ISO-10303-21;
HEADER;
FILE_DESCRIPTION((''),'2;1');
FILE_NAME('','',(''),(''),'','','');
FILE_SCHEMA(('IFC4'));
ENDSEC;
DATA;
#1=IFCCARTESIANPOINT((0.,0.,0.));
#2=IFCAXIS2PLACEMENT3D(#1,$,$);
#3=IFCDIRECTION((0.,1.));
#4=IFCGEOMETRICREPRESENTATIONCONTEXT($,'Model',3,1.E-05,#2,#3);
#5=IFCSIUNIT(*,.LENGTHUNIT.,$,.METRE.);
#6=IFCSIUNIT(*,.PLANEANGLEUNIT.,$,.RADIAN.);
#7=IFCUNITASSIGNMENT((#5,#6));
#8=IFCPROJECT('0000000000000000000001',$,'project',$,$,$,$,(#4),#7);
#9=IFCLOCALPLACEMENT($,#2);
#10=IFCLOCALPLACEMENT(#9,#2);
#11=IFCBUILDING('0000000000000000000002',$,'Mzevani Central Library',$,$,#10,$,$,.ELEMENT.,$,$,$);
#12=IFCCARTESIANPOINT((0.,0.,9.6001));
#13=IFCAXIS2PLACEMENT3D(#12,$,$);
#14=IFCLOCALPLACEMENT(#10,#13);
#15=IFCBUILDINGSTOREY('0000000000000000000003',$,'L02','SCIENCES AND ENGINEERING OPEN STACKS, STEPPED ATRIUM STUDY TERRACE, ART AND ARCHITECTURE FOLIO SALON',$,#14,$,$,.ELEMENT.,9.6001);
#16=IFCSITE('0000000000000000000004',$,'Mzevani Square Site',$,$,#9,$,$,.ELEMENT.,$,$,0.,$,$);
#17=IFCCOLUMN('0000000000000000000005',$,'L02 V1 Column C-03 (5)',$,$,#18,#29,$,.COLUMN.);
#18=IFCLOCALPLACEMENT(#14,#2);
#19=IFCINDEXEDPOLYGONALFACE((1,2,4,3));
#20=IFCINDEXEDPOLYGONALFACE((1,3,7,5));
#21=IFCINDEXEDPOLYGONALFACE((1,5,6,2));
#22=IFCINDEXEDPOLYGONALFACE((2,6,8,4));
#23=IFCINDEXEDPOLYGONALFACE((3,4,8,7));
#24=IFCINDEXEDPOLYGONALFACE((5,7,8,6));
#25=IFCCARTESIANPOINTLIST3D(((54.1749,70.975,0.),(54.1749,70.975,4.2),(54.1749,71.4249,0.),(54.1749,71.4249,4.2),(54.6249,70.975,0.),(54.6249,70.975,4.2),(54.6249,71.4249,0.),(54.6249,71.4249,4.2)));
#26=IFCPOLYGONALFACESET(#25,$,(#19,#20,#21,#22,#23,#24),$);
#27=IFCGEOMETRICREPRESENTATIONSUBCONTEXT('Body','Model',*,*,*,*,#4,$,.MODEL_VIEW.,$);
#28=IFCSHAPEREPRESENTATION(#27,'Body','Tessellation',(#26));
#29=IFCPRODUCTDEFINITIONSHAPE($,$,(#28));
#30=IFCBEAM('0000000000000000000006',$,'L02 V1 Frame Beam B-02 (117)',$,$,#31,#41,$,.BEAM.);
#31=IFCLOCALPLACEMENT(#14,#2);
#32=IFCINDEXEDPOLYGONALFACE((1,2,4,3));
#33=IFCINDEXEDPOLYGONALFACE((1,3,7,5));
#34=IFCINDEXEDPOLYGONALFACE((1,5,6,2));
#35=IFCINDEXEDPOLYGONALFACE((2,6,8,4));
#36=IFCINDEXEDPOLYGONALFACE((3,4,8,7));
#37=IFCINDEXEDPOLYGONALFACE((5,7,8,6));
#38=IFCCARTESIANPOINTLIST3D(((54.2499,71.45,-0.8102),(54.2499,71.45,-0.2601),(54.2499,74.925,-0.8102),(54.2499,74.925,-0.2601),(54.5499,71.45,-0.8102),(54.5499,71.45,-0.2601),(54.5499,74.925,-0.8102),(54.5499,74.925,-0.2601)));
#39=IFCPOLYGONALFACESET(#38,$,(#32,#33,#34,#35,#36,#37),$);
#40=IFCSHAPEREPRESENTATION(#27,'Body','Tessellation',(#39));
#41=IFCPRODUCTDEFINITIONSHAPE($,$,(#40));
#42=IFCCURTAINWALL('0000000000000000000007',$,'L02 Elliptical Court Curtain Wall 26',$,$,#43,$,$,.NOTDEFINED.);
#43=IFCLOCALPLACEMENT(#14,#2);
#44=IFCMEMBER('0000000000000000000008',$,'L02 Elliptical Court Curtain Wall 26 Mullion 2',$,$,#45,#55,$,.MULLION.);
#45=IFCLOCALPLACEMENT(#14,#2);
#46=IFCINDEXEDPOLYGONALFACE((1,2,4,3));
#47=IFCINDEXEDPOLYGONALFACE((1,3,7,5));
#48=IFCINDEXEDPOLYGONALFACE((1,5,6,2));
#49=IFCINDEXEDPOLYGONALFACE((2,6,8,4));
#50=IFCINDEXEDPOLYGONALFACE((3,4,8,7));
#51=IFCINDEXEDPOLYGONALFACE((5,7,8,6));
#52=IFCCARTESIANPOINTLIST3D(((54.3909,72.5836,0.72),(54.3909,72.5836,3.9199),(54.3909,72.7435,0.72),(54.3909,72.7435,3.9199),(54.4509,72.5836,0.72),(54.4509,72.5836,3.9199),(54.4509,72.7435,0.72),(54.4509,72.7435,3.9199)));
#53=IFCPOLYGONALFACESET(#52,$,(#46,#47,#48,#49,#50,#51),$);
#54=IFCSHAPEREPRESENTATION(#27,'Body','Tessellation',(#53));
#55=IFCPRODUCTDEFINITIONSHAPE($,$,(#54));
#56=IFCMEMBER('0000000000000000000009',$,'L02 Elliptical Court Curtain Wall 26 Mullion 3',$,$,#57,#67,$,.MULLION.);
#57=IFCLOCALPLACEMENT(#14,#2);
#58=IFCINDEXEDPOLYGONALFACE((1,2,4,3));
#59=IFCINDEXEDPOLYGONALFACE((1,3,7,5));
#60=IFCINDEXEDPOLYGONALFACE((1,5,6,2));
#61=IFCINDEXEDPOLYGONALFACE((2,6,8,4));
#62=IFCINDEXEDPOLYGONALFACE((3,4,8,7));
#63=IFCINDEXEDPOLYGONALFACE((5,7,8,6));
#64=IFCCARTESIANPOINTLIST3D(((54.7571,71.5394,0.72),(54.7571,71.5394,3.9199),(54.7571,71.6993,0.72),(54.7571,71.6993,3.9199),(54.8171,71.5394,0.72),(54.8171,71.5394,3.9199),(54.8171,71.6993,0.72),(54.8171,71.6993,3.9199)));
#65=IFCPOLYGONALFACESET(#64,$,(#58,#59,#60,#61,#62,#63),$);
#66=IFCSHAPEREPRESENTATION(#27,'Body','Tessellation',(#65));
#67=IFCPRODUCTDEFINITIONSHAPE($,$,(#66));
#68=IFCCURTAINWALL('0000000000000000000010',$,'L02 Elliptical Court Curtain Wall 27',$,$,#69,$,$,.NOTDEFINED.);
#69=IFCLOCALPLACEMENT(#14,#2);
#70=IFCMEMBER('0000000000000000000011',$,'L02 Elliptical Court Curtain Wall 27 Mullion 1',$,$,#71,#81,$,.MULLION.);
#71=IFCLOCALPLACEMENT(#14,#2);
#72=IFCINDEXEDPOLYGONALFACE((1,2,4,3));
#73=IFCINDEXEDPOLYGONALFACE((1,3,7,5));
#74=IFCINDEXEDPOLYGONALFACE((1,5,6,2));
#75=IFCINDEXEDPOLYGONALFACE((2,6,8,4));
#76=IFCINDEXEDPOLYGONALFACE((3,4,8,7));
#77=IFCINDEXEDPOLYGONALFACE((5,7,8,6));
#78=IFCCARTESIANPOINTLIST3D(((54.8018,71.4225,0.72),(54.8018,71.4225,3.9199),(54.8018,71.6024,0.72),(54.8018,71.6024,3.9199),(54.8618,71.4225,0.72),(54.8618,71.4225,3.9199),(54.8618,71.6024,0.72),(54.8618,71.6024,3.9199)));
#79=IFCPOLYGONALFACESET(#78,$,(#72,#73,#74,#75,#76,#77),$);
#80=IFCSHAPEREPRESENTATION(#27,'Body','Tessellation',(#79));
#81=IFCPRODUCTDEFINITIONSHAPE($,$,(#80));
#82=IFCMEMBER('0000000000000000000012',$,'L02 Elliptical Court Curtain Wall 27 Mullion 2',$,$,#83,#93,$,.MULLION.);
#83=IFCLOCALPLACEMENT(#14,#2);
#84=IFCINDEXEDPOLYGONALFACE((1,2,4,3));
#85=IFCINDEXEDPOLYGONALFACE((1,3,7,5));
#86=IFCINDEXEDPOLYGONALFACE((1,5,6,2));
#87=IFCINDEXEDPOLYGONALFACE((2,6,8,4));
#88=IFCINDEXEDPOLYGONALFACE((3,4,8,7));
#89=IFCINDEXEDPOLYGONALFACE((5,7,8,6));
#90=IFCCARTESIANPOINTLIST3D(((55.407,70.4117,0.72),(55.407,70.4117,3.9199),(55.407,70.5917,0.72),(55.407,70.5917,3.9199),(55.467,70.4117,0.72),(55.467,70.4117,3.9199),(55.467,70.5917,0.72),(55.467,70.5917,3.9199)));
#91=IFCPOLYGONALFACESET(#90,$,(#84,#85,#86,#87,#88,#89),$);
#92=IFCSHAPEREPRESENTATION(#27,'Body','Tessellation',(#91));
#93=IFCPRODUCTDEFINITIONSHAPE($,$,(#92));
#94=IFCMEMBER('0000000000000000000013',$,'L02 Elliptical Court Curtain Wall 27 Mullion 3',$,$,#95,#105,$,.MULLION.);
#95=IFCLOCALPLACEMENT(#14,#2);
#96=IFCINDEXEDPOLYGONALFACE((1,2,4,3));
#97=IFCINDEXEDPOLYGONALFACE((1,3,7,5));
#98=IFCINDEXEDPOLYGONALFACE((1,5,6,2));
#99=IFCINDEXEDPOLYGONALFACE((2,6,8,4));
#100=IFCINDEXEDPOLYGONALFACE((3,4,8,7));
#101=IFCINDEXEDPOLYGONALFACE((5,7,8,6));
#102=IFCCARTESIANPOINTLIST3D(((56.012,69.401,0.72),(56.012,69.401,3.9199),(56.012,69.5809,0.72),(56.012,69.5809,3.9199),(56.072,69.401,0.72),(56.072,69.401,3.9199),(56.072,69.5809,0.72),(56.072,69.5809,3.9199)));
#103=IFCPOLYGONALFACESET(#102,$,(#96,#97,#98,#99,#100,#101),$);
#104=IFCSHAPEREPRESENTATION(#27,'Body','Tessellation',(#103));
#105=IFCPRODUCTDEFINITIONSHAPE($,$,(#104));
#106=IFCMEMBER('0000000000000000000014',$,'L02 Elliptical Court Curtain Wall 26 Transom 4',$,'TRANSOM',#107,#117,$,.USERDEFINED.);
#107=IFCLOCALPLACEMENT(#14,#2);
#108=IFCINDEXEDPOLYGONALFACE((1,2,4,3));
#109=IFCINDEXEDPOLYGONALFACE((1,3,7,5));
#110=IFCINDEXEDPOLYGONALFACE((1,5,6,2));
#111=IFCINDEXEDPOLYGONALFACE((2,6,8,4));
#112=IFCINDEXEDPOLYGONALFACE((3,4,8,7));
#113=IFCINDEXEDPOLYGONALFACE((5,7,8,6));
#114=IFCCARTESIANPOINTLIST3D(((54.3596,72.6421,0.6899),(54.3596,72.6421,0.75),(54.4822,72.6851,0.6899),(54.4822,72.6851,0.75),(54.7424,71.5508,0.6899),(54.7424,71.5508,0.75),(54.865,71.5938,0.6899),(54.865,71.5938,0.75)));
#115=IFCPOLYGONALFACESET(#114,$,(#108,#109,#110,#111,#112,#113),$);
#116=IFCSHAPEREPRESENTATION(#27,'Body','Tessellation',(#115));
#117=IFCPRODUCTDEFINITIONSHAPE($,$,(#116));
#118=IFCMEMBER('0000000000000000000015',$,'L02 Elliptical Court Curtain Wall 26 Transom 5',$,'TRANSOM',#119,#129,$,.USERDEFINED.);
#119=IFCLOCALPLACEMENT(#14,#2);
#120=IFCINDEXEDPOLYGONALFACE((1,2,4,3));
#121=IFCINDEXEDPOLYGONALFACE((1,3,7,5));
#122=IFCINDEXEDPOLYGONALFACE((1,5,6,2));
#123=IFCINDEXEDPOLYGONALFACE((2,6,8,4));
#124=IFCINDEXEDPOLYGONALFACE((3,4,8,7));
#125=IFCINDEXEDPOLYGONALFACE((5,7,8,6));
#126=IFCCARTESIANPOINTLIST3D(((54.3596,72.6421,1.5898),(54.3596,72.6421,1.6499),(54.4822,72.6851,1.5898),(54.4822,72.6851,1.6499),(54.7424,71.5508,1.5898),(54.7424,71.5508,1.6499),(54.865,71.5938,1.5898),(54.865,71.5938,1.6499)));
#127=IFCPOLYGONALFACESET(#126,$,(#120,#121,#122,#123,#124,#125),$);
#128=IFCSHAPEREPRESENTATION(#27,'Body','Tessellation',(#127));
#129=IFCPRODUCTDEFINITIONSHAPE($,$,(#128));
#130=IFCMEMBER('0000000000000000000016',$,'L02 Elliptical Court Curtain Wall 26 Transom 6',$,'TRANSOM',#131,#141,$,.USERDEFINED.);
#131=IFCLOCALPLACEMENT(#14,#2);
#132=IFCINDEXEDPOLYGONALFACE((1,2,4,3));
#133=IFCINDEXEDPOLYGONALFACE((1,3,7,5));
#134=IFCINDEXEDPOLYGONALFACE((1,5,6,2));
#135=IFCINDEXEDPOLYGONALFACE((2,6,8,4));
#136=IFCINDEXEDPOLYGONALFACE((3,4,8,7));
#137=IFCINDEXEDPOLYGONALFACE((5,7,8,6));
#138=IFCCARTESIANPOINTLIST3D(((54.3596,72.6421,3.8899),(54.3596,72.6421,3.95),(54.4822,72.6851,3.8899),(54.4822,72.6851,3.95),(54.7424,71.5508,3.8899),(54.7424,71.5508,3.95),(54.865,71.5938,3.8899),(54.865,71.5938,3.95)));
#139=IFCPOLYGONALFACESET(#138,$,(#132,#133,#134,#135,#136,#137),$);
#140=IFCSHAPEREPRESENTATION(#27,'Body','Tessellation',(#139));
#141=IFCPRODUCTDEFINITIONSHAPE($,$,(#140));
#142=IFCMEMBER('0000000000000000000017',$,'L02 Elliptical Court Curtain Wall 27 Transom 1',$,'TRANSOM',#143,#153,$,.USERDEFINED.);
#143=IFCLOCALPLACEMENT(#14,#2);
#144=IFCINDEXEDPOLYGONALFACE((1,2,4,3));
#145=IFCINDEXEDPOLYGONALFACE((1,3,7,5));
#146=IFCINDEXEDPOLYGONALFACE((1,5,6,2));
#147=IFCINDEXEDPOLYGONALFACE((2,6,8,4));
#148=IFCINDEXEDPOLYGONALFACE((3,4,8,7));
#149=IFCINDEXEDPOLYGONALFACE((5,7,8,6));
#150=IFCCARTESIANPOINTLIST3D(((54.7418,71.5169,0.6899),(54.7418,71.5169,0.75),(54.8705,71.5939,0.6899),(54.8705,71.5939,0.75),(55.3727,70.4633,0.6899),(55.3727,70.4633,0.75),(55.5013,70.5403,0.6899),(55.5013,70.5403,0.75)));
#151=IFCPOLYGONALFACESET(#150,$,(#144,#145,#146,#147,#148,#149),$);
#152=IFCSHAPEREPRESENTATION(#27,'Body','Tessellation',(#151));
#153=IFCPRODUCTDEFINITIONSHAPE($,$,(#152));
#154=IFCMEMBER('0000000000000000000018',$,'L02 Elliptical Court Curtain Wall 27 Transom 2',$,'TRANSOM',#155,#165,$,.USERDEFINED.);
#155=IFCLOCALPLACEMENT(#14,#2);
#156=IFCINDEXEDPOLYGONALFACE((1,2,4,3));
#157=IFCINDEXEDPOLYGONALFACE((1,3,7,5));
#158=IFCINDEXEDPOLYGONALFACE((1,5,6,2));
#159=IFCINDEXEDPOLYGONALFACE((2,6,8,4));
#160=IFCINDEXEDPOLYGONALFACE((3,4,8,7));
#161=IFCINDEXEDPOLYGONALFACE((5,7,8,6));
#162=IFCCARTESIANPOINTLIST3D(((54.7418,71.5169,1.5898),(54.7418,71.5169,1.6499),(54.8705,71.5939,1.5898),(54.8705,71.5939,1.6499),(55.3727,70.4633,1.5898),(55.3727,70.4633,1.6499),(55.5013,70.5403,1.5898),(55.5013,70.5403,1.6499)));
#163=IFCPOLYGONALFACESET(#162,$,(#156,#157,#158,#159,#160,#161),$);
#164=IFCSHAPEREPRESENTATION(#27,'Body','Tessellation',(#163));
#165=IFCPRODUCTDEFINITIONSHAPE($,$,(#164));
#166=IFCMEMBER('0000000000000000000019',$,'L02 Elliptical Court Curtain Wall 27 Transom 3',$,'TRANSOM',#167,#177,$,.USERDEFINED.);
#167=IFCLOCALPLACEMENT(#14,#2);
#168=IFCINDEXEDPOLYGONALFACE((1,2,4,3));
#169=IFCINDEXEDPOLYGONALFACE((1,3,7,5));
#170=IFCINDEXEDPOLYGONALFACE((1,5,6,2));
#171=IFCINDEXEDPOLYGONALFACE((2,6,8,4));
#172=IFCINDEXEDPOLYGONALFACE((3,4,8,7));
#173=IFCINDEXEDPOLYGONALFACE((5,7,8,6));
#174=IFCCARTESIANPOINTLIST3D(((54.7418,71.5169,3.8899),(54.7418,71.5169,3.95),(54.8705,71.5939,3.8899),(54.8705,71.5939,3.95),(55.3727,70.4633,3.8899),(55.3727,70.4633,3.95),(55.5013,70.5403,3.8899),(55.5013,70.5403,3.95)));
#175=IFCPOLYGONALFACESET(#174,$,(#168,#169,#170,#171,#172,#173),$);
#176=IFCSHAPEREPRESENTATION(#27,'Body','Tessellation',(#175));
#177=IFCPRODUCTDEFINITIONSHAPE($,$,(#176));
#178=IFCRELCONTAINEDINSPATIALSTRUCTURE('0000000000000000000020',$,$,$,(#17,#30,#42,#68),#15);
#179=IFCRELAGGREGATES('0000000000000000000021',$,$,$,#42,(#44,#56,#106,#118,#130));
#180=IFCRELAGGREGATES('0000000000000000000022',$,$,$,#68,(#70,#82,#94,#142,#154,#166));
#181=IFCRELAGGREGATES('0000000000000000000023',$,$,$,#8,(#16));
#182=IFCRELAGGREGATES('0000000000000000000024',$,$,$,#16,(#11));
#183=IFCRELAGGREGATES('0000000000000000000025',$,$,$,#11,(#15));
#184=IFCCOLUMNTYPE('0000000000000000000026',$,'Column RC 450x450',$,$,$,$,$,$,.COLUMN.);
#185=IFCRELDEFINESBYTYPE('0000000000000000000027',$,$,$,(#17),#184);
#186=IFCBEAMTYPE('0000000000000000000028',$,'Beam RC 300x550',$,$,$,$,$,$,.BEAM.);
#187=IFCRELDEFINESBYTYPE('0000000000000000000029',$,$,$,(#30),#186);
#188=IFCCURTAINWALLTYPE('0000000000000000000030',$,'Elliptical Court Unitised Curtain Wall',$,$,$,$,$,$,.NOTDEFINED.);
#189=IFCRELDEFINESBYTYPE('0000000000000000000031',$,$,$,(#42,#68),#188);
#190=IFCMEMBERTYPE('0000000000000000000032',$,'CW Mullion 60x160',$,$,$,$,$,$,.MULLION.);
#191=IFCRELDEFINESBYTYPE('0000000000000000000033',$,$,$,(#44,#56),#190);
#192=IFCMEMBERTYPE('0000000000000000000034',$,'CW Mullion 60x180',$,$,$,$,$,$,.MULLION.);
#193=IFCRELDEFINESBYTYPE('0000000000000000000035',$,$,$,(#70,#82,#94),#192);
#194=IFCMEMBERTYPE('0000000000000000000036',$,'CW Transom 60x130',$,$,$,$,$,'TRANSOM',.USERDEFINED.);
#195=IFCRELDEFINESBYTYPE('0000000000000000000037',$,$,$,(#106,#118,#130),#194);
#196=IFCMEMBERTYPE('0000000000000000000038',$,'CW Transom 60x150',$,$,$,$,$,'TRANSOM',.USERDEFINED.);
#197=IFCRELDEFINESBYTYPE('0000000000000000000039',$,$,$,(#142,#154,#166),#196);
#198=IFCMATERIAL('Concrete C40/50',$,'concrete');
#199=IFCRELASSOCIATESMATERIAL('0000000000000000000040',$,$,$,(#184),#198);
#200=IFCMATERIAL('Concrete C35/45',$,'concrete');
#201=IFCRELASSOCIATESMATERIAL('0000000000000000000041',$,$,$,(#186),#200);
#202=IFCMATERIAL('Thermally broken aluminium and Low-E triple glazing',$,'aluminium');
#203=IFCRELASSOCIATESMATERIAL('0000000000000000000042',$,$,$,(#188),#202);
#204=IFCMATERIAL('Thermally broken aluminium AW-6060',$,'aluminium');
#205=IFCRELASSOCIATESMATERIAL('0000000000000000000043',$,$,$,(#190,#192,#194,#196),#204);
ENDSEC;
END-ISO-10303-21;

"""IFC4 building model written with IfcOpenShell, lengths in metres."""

from ifc_helpers import new_model, si_unit, direction, frame, origin, origin_2d, place, context, subcontext, project, spatial, rectangle, extrude, material, material_profile, profile_set, type_object, element, aggregate, save


model = new_model("IFC4")

# Units and contexts
model_context = context("Model", 3, precision=1e-05, world=origin(), true_north=direction((0.0, 1.0)))
body_context = subcontext(model_context, "Body", "Model", "MODEL_VIEW")
ifc_project = project(units=[si_unit("LENGTHUNIT", "METRE"), si_unit("PLANEANGLEUNIT", "RADIAN")], contexts=[model_context])

# Site, building, storey
site_placement = place(None, origin())
site = spatial("IfcSite", under=ifc_project, at=site_placement, Name="Mzevani Square Site", CompositionType="ELEMENT", RefElevation=0.0)
building_placement = place(site_placement, origin())
building = spatial("IfcBuilding", under=site, at=building_placement, Name="Mzevani Central Library", CompositionType="ELEMENT")
storey_placement = place(building_placement, frame((0.0, 0.0, 9.6001)))
storey = spatial("IfcBuildingStorey", under=building, at=storey_placement, Name="L02", Description="SCIENCES AND ENGINEERING OPEN STACKS, STEPPED ATRIUM STUDY TERRACE, ART AND ARCHITECTURE FOLIO SALON", CompositionType="ELEMENT", Elevation=9.6001)

# Column
ifc_material_1 = material(Name="Concrete C40/50", Category="concrete")
ifc_material_profile_1 = material_profile(ifc_material_1, rectangle(XDim=0.45, YDim=0.45, at=origin_2d()), Name="RC 450x450")
ifc_profile_set_1 = profile_set([ifc_material_profile_1], Name="Concrete C40/50")
column_type = type_object("IfcColumnType", Name="Column RC 450x450", PredefinedType="COLUMN", material=ifc_profile_set_1)
column_placement = place(storey_placement, frame((54.3999, 71.2, 0.0), z_axis=(0.0, 0.0, 1.0), x_axis=(1.0, 0.0, 0.0)))
element("IfcColumn", 1, at=column_placement, inside=storey, type_object=column_type, Name="L02 V1 Column C-03 (5)", PredefinedType="COLUMN", context=body_context, shape_type="SweptSolid", body=[
    extrude(rectangle(XDim=0.45, YDim=0.45, at=origin_2d()), origin(), (0.0, 0.0, 1.0), 4.2),
])

# Beam
ifc_material_2 = material(Name="Concrete C35/45", Category="concrete")
ifc_material_profile_2 = material_profile(ifc_material_2, rectangle(XDim=0.3, YDim=0.55, at=origin_2d()), Name="RC B300x550")
ifc_profile_set_2 = profile_set([ifc_material_profile_2], Name="Concrete C35/45")
beam_type = type_object("IfcBeamType", Name="Beam RC 300x550", PredefinedType="BEAM", material=ifc_profile_set_2)
beam_placement = place(storey_placement, frame((54.3999, 71.45, -0.5352), z_axis=(0.0, 1.0, 0.0), x_axis=(-1.0, 0.0, 0.0)))
element("IfcBeam", 2, at=beam_placement, inside=storey, type_object=beam_type, Name="L02 V1 Frame Beam B-02 (117)", PredefinedType="BEAM", context=body_context, shape_type="SweptSolid", body=[
    extrude(rectangle(XDim=0.3, YDim=0.55, at=origin_2d()), origin(), (0.0, 0.0, 1.0), 3.4751),
])

# Curtain walls, members
ifc_material_3 = material(Name="Thermally broken aluminium and Low-E triple glazing", Category="aluminium")
curtain_wall_type_1 = type_object("IfcCurtainWallType", Name="Elliptical Court Unitised Curtain Wall", PredefinedType="NOTDEFINED", material=ifc_material_3)
curtain_wall_1_placement = place(storey_placement, origin())
curtain_wall_1 = element("IfcCurtainWall", 3, at=curtain_wall_1_placement, inside=storey, type_object=curtain_wall_type_1, Name="L02 Elliptical Court Curtain Wall 26", PredefinedType="NOTDEFINED")
ifc_material_4 = material(Name="Thermally broken aluminium AW-6060", Category="aluminium")
ifc_material_profile_3 = material_profile(ifc_material_4, rectangle(XDim=0.0601, YDim=0.1599, at=origin_2d()), Name="ALU M60x160")
ifc_profile_set_3 = profile_set([ifc_material_profile_3], Name="Thermally broken aluminium AW-6060")
member_type_1 = type_object("IfcMemberType", Name="CW Mullion 60x160", PredefinedType="MULLION", material=ifc_profile_set_3)
member_1_placement = place(storey_placement, frame((54.4209, 72.6636, 0.72), z_axis=(0.0, 0.0, 1.0), x_axis=(1.0, 0.0, 0.0)))
member_1 = element("IfcMember", 4, at=member_1_placement, type_object=member_type_1, Name="L02 Elliptical Court Curtain Wall 26 Mullion 2", PredefinedType="MULLION", context=body_context, shape_type="SweptSolid", body=[
    extrude(rectangle(XDim=0.0601, YDim=0.1599, at=origin_2d()), origin(), (0.0, 0.0, 1.0), 3.2),
])
member_2_placement = place(storey_placement, frame((54.7871, 71.6194, 0.72), z_axis=(0.0, 0.0, 1.0), x_axis=(1.0, 0.0, 0.0)))
member_2 = element("IfcMember", 5, at=member_2_placement, type_object=member_type_1, Name="L02 Elliptical Court Curtain Wall 26 Mullion 3", PredefinedType="MULLION", context=body_context, shape_type="SweptSolid", body=[
    extrude(rectangle(XDim=0.0601, YDim=0.1599, at=origin_2d()), origin(), (0.0, 0.0, 1.0), 3.2),
])
curtain_wall_2_placement = place(storey_placement, origin())
curtain_wall_2 = element("IfcCurtainWall", 6, at=curtain_wall_2_placement, inside=storey, type_object=curtain_wall_type_1, Name="L02 Elliptical Court Curtain Wall 27", PredefinedType="NOTDEFINED")
ifc_material_profile_4 = material_profile(ifc_material_4, rectangle(XDim=0.0601, YDim=0.1799, at=origin_2d()), Name="ALU M60x180")
ifc_profile_set_4 = profile_set([ifc_material_profile_4], Name="Thermally broken aluminium AW-6060")
member_type_2 = type_object("IfcMemberType", Name="CW Mullion 60x180", PredefinedType="MULLION", material=ifc_profile_set_4)
member_3_placement = place(storey_placement, frame((54.8318, 71.5125, 0.72), z_axis=(0.0, 0.0, 1.0), x_axis=(1.0, 0.0, 0.0)))
member_3 = element("IfcMember", 7, at=member_3_placement, type_object=member_type_2, Name="L02 Elliptical Court Curtain Wall 27 Mullion 1", PredefinedType="MULLION", context=body_context, shape_type="SweptSolid", body=[
    extrude(rectangle(XDim=0.0601, YDim=0.1799, at=origin_2d()), origin(), (0.0, 0.0, 1.0), 3.2),
])
member_4_placement = place(storey_placement, frame((55.437, 70.5017, 0.72), z_axis=(0.0, 0.0, 1.0), x_axis=(1.0, 0.0, 0.0)))
member_4 = element("IfcMember", 8, at=member_4_placement, type_object=member_type_2, Name="L02 Elliptical Court Curtain Wall 27 Mullion 2", PredefinedType="MULLION", context=body_context, shape_type="SweptSolid", body=[
    extrude(rectangle(XDim=0.0601, YDim=0.1799, at=origin_2d()), origin(), (0.0, 0.0, 1.0), 3.2),
])
member_5_placement = place(storey_placement, frame((56.042, 69.491, 0.72), z_axis=(0.0, 0.0, 1.0), x_axis=(1.0, 0.0, 0.0)))
member_5 = element("IfcMember", 9, at=member_5_placement, type_object=member_type_2, Name="L02 Elliptical Court Curtain Wall 27 Mullion 3", PredefinedType="MULLION", context=body_context, shape_type="SweptSolid", body=[
    extrude(rectangle(XDim=0.0601, YDim=0.1799, at=origin_2d()), origin(), (0.0, 0.0, 1.0), 3.2),
])

# Members
ifc_material_profile_5 = material_profile(ifc_material_4, rectangle(XDim=0.1299, YDim=0.0601, at=origin_2d()), Name="ALU T60x130")
ifc_profile_set_5 = profile_set([ifc_material_profile_5], Name="Thermally broken aluminium AW-6060")
member_type_3 = type_object("IfcMemberType", Name="CW Transom 60x130", ElementType="TRANSOM", PredefinedType="USERDEFINED", material=ifc_profile_set_5)
member_6_placement = place(storey_placement, frame((54.4209, 72.6636, 0.72), z_axis=(0.331009, -0.943628, 0.0), x_axis=(0.943628, 0.331009, 0.0)))
member_6 = element("IfcMember", 10, at=member_6_placement, type_object=member_type_3, Name="L02 Elliptical Court Curtain Wall 26 Transom 4", ObjectType="TRANSOM", PredefinedType="USERDEFINED", context=body_context, shape_type="SweptSolid", body=[
    extrude(rectangle(XDim=0.1299, YDim=0.0601, at=origin_2d()), origin(), (0.0, 0.0, 1.0), 1.1565),
])
member_7_placement = place(storey_placement, frame((54.4209, 72.6636, 1.6199), z_axis=(0.331009, -0.943628, 0.0), x_axis=(0.943628, 0.331009, 0.0)))
member_7 = element("IfcMember", 11, at=member_7_placement, type_object=member_type_3, Name="L02 Elliptical Court Curtain Wall 26 Transom 5", ObjectType="TRANSOM", PredefinedType="USERDEFINED", context=body_context, shape_type="SweptSolid", body=[
    extrude(rectangle(XDim=0.1299, YDim=0.0601, at=origin_2d()), origin(), (0.0, 0.0, 1.0), 1.1565),
])
member_8_placement = place(storey_placement, frame((54.4209, 72.6636, 3.9199), z_axis=(0.331009, -0.943628, 0.0), x_axis=(0.943628, 0.331009, 0.0)))
member_8 = element("IfcMember", 12, at=member_8_placement, type_object=member_type_3, Name="L02 Elliptical Court Curtain Wall 26 Transom 6", ObjectType="TRANSOM", PredefinedType="USERDEFINED", context=body_context, shape_type="SweptSolid", body=[
    extrude(rectangle(XDim=0.1299, YDim=0.0601, at=origin_2d()), origin(), (0.0, 0.0, 1.0), 1.1565),
])
ifc_material_profile_6 = material_profile(ifc_material_4, rectangle(XDim=0.1499, YDim=0.0601, at=origin_2d()), Name="ALU T60x150")
ifc_profile_set_6 = profile_set([ifc_material_profile_6], Name="Thermally broken aluminium AW-6060")
member_type_4 = type_object("IfcMemberType", Name="CW Transom 60x150", ElementType="TRANSOM", PredefinedType="USERDEFINED", material=ifc_profile_set_6)
member_9_placement = place(storey_placement, frame((54.8062, 71.5554, 0.72), z_axis=(0.513677, -0.857984, 0.0), x_axis=(0.857984, 0.513677, 0.0)))
member_9 = element("IfcMember", 13, at=member_9_placement, type_object=member_type_4, Name="L02 Elliptical Court Curtain Wall 27 Transom 1", ObjectType="TRANSOM", PredefinedType="USERDEFINED", context=body_context, shape_type="SweptSolid", body=[
    extrude(rectangle(XDim=0.1499, YDim=0.0601, at=origin_2d()), origin(), (0.0, 0.0, 1.0), 1.228),
])
member_10_placement = place(storey_placement, frame((54.8062, 71.5554, 1.6199), z_axis=(0.513677, -0.857984, 0.0), x_axis=(0.857984, 0.513677, 0.0)))
member_10 = element("IfcMember", 14, at=member_10_placement, type_object=member_type_4, Name="L02 Elliptical Court Curtain Wall 27 Transom 2", ObjectType="TRANSOM", PredefinedType="USERDEFINED", context=body_context, shape_type="SweptSolid", body=[
    extrude(rectangle(XDim=0.1499, YDim=0.0601, at=origin_2d()), origin(), (0.0, 0.0, 1.0), 1.228),
])
member_11_placement = place(storey_placement, frame((54.8062, 71.5554, 3.9199), z_axis=(0.513677, -0.857984, 0.0), x_axis=(0.857984, 0.513677, 0.0)))
member_11 = element("IfcMember", 15, at=member_11_placement, type_object=member_type_4, Name="L02 Elliptical Court Curtain Wall 27 Transom 3", ObjectType="TRANSOM", PredefinedType="USERDEFINED", context=body_context, shape_type="SweptSolid", body=[
    extrude(rectangle(XDim=0.1499, YDim=0.0601, at=origin_2d()), origin(), (0.0, 0.0, 1.0), 1.228),
])

aggregate(curtain_wall_1, [member_1, member_2, member_6, member_7, member_8])
aggregate(curtain_wall_2, [member_3, member_4, member_5, member_9, member_10, member_11])

save(model, "model.ifc")
